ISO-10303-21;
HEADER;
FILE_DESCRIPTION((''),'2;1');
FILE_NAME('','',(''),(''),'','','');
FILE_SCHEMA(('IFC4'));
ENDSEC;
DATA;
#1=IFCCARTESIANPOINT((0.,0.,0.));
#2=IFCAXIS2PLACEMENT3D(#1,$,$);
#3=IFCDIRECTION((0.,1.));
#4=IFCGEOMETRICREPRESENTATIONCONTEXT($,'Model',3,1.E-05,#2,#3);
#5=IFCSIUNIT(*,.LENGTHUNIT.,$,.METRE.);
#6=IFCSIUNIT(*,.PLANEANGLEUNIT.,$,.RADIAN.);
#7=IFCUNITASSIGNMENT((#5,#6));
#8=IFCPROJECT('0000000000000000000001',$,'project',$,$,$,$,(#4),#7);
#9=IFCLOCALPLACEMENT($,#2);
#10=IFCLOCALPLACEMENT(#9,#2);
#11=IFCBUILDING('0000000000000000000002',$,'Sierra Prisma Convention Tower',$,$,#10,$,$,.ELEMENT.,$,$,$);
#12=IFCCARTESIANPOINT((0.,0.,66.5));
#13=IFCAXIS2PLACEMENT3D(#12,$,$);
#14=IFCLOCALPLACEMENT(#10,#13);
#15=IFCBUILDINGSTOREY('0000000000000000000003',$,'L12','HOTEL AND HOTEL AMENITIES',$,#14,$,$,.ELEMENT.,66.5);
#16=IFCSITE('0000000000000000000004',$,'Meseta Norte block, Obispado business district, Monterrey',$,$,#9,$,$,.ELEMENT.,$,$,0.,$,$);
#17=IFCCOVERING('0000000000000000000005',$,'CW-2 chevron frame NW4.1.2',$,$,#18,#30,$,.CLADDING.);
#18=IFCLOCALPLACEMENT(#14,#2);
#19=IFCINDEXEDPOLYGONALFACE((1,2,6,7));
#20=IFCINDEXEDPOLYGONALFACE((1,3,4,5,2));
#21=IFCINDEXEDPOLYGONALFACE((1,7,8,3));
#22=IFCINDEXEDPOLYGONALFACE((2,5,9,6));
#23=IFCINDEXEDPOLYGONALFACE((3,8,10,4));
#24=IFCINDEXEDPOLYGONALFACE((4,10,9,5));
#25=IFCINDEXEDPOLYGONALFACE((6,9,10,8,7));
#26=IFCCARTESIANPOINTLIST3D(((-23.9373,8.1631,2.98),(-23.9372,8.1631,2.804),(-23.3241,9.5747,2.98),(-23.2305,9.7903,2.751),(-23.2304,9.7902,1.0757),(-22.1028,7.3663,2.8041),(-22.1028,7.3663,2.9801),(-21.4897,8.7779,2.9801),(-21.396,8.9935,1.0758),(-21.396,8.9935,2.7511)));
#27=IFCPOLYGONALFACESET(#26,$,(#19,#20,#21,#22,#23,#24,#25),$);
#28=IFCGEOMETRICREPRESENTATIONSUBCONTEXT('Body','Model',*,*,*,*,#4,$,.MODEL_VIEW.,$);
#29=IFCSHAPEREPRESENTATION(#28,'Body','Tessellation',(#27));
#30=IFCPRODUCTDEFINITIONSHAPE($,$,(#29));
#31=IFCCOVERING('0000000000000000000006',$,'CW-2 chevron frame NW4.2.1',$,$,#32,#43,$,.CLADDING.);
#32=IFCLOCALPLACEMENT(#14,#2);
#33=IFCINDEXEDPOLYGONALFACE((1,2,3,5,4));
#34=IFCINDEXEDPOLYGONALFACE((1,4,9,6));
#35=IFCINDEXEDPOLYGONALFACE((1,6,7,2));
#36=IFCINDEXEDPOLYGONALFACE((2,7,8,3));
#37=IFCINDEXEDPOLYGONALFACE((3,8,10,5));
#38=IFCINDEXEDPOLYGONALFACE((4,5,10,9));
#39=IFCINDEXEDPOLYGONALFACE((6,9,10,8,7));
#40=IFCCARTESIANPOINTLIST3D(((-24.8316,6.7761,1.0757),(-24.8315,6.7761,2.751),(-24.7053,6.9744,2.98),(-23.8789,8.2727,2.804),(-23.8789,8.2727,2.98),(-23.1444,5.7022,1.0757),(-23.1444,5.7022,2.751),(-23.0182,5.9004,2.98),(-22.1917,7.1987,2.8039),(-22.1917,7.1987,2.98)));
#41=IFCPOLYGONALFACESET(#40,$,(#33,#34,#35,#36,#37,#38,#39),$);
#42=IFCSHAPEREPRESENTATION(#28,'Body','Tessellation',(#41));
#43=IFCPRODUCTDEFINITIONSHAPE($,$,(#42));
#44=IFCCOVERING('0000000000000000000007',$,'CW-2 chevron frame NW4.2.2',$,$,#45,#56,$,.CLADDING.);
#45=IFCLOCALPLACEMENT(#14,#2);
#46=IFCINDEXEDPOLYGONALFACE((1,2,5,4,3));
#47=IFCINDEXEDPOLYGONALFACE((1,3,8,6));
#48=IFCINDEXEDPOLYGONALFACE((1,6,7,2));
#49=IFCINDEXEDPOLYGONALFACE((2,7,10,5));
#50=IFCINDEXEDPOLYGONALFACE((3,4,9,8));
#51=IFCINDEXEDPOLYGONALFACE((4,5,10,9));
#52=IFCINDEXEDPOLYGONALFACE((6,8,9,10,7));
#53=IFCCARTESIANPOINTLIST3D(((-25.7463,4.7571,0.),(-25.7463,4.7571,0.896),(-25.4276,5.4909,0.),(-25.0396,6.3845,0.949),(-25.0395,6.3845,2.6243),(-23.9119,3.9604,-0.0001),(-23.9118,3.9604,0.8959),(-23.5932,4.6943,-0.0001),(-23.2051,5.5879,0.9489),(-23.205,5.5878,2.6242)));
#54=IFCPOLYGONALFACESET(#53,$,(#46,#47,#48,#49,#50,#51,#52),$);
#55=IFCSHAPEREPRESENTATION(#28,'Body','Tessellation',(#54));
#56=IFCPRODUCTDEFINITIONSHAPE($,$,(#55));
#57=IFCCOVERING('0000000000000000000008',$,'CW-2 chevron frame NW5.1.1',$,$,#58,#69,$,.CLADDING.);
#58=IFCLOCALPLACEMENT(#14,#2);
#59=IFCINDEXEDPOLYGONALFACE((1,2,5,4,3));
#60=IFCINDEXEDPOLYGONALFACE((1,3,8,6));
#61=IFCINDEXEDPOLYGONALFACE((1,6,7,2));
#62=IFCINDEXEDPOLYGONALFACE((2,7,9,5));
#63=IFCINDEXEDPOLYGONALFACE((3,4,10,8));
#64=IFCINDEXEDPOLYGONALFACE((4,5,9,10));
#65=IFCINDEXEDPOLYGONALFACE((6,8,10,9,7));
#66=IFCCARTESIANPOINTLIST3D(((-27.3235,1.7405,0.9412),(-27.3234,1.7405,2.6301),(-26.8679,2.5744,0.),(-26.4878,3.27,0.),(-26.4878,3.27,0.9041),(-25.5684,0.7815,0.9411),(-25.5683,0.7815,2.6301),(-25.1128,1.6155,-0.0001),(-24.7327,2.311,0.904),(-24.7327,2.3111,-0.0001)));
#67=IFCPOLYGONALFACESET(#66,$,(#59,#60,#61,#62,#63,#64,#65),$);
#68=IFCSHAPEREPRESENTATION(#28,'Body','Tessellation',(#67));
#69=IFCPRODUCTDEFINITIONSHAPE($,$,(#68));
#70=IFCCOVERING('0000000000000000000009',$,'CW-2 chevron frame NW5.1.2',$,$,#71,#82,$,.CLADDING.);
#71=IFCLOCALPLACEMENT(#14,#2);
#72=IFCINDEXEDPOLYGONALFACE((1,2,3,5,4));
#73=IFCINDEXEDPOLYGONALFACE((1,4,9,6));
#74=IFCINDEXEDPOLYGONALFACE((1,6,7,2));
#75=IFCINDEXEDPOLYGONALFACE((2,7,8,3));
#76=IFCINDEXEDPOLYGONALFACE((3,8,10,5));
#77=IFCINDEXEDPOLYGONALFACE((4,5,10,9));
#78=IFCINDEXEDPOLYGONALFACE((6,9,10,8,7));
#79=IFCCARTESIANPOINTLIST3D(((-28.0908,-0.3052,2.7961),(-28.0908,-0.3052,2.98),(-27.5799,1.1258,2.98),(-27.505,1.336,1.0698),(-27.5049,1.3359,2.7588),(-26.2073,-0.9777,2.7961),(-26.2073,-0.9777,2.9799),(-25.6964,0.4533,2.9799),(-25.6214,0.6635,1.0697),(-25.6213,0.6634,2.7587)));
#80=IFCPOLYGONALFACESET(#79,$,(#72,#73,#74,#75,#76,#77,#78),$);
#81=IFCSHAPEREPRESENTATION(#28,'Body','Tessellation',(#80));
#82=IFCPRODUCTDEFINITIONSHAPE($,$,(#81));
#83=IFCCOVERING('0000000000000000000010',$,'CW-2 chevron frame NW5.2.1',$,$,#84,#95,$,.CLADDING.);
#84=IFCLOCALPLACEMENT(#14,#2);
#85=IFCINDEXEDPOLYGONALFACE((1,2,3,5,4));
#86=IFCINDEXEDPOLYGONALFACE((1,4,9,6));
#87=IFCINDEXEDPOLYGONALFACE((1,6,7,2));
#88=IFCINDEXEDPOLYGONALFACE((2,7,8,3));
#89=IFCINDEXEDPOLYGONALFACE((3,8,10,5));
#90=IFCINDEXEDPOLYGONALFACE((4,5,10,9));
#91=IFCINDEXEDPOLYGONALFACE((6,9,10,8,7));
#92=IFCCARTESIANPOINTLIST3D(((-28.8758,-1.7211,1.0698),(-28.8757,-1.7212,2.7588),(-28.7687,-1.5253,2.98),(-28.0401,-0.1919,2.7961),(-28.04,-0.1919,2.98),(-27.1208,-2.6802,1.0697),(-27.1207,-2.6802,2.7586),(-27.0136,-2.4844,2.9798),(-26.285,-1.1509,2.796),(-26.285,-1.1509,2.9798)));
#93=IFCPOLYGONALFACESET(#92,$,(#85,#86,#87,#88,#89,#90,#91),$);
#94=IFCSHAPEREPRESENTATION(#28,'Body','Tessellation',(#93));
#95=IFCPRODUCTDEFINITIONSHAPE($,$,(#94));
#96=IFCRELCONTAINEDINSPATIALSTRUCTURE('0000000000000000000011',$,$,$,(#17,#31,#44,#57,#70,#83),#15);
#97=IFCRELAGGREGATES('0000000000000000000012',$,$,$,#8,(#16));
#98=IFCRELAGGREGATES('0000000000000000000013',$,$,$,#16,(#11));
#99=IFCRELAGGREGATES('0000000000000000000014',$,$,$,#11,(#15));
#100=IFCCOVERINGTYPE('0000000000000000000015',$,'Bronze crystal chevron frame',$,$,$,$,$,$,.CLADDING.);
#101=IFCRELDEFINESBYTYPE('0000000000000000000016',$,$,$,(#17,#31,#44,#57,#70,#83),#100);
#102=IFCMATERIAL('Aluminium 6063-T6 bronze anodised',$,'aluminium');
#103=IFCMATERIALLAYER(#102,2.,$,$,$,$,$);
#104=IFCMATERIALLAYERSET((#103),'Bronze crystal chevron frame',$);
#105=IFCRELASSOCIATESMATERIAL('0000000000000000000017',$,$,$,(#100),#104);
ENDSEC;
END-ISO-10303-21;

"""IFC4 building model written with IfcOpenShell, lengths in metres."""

from ifc_helpers import new_model, si_unit, direction, frame, origin, place, context, subcontext, project, spatial, polyline, outline, extrude, material, layer, layer_set, type_object, element, save


model = new_model("IFC4")

# Units and contexts
model_context = context("Model", 3, precision=1e-05, world=origin(), true_north=direction((0.0, 1.0)))
body_context = subcontext(model_context, "Body", "Model", "MODEL_VIEW")
ifc_project = project(units=[si_unit("LENGTHUNIT", "METRE"), si_unit("PLANEANGLEUNIT", "RADIAN")], contexts=[model_context])

# Site, building, storey
site_placement = place(None, origin())
site = spatial("IfcSite", under=ifc_project, at=site_placement, Name="Meseta Norte block, Obispado business district, Monterrey", CompositionType="ELEMENT", RefElevation=0.0)
building_placement = place(site_placement, origin())
building = spatial("IfcBuilding", under=site, at=building_placement, Name="Sierra Prisma Convention Tower", CompositionType="ELEMENT")
storey_placement = place(building_placement, frame((0.0, 0.0, 66.5)))
storey = spatial("IfcBuildingStorey", under=building, at=storey_placement, Name="L12", Description="HOTEL AND HOTEL AMENITIES", CompositionType="ELEMENT", Elevation=66.5)

# Coverings
ifc_material_1 = material(Name="Aluminium 6063-T6 bronze anodised", Category="aluminium")
ifc_layer_1 = layer(ifc_material_1, 2.0)
ifc_layer_set_1 = layer_set([ifc_layer_1], Name="Bronze crystal chevron frame")
covering_type = type_object("IfcCoveringType", Name="Bronze crystal chevron frame", PredefinedType="CLADDING", material=ifc_layer_set_1)
covering_1_placement = place(storey_placement, frame((-23.2305, 9.7903, 2.751), z_axis=(-0.917215, 0.398393, -0.00005), x_axis=(0.000046, -0.00002, -1.0)))
element("IfcCovering", 1, at=covering_1_placement, inside=storey, type_object=covering_type, Name="CW-2 chevron frame NW4.1.2", PredefinedType="CLADDING", context=body_context, shape_type="SweptSolid", body=[
    extrude(outline(polyline([(0.0, 0.0), (1.6753, 0.0), (-0.053, 1.7741), (-0.229, 1.7741), (-0.229, 0.2351), (0.0, 0.0)])), origin(), (0.0, 0.0, -1.0), 2.0),
])
covering_2_placement = place(storey_placement, frame((-23.8789, 8.2727, 2.98), z_axis=(-0.843594, 0.536981, 0.000013), x_axis=(-0.000011, 0.000007, -1.0)))
element("IfcCovering", 2, at=covering_2_placement, inside=storey, type_object=covering_type, Name="CW-2 chevron frame NW4.2.1", PredefinedType="CLADDING", context=body_context, shape_type="SweptSolid", body=[
    extrude(outline(polyline([(0.0, 0.0), (0.176, 0.0), (1.9043, 1.7741), (0.229, 1.7741), (0.0, 1.539), (0.0, 0.0)])), origin(), (0.0, 0.0, -1.0), 2.0),
])
covering_3_placement = place(storey_placement, frame((-25.7463, 4.7571, 0.0), z_axis=(-0.917242, 0.398331, 0.000036), x_axis=(0.000033, -0.000014, 1.0)))
element("IfcCovering", 3, at=covering_3_placement, inside=storey, type_object=covering_type, Name="CW-2 chevron frame NW4.2.2", PredefinedType="CLADDING", context=body_context, shape_type="SweptSolid", body=[
    extrude(outline(polyline([(0.0, 0.0), (0.896, 0.0), (2.6243, 1.7743), (0.949, 1.7743), (0.0, 0.8001), (0.0, 0.0)])), origin(), (0.0, 0.0, -1.0), 2.0),
])
covering_4_placement = place(storey_placement, frame((-26.4878, 3.27, 0.0), z_axis=(-0.877551, 0.479484, 0.000028), x_axis=(-0.479484, -0.877551, 0.0)))
element("IfcCovering", 4, at=covering_4_placement, inside=storey, type_object=covering_type, Name="CW-2 chevron frame NW5.1.1", PredefinedType="CLADDING", context=body_context, shape_type="SweptSolid", body=[
    extrude(outline(polyline([(0.0, 0.0), (0.7927, 0.0), (1.743, 0.9412), (1.743, 2.6301), (0.0, 0.9041), (0.0, 0.0)])), origin(), (0.0, 0.0, -1.0), 2.0),
])
covering_5_placement = place(storey_placement, frame((-27.5049, 1.3359, 2.7588), z_axis=(-0.941772, 0.336253, 0.000045), x_axis=(-0.000043, 0.000015, -1.0)))
element("IfcCovering", 5, at=covering_5_placement, inside=storey, type_object=covering_type, Name="CW-2 chevron frame NW5.1.2", PredefinedType="CLADDING", context=body_context, shape_type="SweptSolid", body=[
    extrude(outline(polyline([(0.0, 0.0), (1.689, 0.0), (-0.0374, 1.7426), (-0.2212, 1.7426), (-0.2212, 0.2232), (0.0, 0.0)])), origin(), (0.0, 0.0, -1.0), 2.0),
])
covering_6_placement = place(storey_placement, frame((-28.04, -0.1919, 2.98), z_axis=(-0.877531, 0.479521, 0.000077), x_axis=(-0.000068, 0.000037, -1.0)))
element("IfcCovering", 6, at=covering_6_placement, inside=storey, type_object=covering_type, Name="CW-2 chevron frame NW5.2.1", PredefinedType="CLADDING", context=body_context, shape_type="SweptSolid", body=[
    extrude(outline(polyline([(0.0, 0.0), (0.1838, 0.0), (1.9102, 1.7427), (0.2212, 1.7427), (0.0, 1.5195), (0.0, 0.0)])), origin(), (0.0, 0.0, -1.0), 2.0),
])

save(model, "model.ifc")
